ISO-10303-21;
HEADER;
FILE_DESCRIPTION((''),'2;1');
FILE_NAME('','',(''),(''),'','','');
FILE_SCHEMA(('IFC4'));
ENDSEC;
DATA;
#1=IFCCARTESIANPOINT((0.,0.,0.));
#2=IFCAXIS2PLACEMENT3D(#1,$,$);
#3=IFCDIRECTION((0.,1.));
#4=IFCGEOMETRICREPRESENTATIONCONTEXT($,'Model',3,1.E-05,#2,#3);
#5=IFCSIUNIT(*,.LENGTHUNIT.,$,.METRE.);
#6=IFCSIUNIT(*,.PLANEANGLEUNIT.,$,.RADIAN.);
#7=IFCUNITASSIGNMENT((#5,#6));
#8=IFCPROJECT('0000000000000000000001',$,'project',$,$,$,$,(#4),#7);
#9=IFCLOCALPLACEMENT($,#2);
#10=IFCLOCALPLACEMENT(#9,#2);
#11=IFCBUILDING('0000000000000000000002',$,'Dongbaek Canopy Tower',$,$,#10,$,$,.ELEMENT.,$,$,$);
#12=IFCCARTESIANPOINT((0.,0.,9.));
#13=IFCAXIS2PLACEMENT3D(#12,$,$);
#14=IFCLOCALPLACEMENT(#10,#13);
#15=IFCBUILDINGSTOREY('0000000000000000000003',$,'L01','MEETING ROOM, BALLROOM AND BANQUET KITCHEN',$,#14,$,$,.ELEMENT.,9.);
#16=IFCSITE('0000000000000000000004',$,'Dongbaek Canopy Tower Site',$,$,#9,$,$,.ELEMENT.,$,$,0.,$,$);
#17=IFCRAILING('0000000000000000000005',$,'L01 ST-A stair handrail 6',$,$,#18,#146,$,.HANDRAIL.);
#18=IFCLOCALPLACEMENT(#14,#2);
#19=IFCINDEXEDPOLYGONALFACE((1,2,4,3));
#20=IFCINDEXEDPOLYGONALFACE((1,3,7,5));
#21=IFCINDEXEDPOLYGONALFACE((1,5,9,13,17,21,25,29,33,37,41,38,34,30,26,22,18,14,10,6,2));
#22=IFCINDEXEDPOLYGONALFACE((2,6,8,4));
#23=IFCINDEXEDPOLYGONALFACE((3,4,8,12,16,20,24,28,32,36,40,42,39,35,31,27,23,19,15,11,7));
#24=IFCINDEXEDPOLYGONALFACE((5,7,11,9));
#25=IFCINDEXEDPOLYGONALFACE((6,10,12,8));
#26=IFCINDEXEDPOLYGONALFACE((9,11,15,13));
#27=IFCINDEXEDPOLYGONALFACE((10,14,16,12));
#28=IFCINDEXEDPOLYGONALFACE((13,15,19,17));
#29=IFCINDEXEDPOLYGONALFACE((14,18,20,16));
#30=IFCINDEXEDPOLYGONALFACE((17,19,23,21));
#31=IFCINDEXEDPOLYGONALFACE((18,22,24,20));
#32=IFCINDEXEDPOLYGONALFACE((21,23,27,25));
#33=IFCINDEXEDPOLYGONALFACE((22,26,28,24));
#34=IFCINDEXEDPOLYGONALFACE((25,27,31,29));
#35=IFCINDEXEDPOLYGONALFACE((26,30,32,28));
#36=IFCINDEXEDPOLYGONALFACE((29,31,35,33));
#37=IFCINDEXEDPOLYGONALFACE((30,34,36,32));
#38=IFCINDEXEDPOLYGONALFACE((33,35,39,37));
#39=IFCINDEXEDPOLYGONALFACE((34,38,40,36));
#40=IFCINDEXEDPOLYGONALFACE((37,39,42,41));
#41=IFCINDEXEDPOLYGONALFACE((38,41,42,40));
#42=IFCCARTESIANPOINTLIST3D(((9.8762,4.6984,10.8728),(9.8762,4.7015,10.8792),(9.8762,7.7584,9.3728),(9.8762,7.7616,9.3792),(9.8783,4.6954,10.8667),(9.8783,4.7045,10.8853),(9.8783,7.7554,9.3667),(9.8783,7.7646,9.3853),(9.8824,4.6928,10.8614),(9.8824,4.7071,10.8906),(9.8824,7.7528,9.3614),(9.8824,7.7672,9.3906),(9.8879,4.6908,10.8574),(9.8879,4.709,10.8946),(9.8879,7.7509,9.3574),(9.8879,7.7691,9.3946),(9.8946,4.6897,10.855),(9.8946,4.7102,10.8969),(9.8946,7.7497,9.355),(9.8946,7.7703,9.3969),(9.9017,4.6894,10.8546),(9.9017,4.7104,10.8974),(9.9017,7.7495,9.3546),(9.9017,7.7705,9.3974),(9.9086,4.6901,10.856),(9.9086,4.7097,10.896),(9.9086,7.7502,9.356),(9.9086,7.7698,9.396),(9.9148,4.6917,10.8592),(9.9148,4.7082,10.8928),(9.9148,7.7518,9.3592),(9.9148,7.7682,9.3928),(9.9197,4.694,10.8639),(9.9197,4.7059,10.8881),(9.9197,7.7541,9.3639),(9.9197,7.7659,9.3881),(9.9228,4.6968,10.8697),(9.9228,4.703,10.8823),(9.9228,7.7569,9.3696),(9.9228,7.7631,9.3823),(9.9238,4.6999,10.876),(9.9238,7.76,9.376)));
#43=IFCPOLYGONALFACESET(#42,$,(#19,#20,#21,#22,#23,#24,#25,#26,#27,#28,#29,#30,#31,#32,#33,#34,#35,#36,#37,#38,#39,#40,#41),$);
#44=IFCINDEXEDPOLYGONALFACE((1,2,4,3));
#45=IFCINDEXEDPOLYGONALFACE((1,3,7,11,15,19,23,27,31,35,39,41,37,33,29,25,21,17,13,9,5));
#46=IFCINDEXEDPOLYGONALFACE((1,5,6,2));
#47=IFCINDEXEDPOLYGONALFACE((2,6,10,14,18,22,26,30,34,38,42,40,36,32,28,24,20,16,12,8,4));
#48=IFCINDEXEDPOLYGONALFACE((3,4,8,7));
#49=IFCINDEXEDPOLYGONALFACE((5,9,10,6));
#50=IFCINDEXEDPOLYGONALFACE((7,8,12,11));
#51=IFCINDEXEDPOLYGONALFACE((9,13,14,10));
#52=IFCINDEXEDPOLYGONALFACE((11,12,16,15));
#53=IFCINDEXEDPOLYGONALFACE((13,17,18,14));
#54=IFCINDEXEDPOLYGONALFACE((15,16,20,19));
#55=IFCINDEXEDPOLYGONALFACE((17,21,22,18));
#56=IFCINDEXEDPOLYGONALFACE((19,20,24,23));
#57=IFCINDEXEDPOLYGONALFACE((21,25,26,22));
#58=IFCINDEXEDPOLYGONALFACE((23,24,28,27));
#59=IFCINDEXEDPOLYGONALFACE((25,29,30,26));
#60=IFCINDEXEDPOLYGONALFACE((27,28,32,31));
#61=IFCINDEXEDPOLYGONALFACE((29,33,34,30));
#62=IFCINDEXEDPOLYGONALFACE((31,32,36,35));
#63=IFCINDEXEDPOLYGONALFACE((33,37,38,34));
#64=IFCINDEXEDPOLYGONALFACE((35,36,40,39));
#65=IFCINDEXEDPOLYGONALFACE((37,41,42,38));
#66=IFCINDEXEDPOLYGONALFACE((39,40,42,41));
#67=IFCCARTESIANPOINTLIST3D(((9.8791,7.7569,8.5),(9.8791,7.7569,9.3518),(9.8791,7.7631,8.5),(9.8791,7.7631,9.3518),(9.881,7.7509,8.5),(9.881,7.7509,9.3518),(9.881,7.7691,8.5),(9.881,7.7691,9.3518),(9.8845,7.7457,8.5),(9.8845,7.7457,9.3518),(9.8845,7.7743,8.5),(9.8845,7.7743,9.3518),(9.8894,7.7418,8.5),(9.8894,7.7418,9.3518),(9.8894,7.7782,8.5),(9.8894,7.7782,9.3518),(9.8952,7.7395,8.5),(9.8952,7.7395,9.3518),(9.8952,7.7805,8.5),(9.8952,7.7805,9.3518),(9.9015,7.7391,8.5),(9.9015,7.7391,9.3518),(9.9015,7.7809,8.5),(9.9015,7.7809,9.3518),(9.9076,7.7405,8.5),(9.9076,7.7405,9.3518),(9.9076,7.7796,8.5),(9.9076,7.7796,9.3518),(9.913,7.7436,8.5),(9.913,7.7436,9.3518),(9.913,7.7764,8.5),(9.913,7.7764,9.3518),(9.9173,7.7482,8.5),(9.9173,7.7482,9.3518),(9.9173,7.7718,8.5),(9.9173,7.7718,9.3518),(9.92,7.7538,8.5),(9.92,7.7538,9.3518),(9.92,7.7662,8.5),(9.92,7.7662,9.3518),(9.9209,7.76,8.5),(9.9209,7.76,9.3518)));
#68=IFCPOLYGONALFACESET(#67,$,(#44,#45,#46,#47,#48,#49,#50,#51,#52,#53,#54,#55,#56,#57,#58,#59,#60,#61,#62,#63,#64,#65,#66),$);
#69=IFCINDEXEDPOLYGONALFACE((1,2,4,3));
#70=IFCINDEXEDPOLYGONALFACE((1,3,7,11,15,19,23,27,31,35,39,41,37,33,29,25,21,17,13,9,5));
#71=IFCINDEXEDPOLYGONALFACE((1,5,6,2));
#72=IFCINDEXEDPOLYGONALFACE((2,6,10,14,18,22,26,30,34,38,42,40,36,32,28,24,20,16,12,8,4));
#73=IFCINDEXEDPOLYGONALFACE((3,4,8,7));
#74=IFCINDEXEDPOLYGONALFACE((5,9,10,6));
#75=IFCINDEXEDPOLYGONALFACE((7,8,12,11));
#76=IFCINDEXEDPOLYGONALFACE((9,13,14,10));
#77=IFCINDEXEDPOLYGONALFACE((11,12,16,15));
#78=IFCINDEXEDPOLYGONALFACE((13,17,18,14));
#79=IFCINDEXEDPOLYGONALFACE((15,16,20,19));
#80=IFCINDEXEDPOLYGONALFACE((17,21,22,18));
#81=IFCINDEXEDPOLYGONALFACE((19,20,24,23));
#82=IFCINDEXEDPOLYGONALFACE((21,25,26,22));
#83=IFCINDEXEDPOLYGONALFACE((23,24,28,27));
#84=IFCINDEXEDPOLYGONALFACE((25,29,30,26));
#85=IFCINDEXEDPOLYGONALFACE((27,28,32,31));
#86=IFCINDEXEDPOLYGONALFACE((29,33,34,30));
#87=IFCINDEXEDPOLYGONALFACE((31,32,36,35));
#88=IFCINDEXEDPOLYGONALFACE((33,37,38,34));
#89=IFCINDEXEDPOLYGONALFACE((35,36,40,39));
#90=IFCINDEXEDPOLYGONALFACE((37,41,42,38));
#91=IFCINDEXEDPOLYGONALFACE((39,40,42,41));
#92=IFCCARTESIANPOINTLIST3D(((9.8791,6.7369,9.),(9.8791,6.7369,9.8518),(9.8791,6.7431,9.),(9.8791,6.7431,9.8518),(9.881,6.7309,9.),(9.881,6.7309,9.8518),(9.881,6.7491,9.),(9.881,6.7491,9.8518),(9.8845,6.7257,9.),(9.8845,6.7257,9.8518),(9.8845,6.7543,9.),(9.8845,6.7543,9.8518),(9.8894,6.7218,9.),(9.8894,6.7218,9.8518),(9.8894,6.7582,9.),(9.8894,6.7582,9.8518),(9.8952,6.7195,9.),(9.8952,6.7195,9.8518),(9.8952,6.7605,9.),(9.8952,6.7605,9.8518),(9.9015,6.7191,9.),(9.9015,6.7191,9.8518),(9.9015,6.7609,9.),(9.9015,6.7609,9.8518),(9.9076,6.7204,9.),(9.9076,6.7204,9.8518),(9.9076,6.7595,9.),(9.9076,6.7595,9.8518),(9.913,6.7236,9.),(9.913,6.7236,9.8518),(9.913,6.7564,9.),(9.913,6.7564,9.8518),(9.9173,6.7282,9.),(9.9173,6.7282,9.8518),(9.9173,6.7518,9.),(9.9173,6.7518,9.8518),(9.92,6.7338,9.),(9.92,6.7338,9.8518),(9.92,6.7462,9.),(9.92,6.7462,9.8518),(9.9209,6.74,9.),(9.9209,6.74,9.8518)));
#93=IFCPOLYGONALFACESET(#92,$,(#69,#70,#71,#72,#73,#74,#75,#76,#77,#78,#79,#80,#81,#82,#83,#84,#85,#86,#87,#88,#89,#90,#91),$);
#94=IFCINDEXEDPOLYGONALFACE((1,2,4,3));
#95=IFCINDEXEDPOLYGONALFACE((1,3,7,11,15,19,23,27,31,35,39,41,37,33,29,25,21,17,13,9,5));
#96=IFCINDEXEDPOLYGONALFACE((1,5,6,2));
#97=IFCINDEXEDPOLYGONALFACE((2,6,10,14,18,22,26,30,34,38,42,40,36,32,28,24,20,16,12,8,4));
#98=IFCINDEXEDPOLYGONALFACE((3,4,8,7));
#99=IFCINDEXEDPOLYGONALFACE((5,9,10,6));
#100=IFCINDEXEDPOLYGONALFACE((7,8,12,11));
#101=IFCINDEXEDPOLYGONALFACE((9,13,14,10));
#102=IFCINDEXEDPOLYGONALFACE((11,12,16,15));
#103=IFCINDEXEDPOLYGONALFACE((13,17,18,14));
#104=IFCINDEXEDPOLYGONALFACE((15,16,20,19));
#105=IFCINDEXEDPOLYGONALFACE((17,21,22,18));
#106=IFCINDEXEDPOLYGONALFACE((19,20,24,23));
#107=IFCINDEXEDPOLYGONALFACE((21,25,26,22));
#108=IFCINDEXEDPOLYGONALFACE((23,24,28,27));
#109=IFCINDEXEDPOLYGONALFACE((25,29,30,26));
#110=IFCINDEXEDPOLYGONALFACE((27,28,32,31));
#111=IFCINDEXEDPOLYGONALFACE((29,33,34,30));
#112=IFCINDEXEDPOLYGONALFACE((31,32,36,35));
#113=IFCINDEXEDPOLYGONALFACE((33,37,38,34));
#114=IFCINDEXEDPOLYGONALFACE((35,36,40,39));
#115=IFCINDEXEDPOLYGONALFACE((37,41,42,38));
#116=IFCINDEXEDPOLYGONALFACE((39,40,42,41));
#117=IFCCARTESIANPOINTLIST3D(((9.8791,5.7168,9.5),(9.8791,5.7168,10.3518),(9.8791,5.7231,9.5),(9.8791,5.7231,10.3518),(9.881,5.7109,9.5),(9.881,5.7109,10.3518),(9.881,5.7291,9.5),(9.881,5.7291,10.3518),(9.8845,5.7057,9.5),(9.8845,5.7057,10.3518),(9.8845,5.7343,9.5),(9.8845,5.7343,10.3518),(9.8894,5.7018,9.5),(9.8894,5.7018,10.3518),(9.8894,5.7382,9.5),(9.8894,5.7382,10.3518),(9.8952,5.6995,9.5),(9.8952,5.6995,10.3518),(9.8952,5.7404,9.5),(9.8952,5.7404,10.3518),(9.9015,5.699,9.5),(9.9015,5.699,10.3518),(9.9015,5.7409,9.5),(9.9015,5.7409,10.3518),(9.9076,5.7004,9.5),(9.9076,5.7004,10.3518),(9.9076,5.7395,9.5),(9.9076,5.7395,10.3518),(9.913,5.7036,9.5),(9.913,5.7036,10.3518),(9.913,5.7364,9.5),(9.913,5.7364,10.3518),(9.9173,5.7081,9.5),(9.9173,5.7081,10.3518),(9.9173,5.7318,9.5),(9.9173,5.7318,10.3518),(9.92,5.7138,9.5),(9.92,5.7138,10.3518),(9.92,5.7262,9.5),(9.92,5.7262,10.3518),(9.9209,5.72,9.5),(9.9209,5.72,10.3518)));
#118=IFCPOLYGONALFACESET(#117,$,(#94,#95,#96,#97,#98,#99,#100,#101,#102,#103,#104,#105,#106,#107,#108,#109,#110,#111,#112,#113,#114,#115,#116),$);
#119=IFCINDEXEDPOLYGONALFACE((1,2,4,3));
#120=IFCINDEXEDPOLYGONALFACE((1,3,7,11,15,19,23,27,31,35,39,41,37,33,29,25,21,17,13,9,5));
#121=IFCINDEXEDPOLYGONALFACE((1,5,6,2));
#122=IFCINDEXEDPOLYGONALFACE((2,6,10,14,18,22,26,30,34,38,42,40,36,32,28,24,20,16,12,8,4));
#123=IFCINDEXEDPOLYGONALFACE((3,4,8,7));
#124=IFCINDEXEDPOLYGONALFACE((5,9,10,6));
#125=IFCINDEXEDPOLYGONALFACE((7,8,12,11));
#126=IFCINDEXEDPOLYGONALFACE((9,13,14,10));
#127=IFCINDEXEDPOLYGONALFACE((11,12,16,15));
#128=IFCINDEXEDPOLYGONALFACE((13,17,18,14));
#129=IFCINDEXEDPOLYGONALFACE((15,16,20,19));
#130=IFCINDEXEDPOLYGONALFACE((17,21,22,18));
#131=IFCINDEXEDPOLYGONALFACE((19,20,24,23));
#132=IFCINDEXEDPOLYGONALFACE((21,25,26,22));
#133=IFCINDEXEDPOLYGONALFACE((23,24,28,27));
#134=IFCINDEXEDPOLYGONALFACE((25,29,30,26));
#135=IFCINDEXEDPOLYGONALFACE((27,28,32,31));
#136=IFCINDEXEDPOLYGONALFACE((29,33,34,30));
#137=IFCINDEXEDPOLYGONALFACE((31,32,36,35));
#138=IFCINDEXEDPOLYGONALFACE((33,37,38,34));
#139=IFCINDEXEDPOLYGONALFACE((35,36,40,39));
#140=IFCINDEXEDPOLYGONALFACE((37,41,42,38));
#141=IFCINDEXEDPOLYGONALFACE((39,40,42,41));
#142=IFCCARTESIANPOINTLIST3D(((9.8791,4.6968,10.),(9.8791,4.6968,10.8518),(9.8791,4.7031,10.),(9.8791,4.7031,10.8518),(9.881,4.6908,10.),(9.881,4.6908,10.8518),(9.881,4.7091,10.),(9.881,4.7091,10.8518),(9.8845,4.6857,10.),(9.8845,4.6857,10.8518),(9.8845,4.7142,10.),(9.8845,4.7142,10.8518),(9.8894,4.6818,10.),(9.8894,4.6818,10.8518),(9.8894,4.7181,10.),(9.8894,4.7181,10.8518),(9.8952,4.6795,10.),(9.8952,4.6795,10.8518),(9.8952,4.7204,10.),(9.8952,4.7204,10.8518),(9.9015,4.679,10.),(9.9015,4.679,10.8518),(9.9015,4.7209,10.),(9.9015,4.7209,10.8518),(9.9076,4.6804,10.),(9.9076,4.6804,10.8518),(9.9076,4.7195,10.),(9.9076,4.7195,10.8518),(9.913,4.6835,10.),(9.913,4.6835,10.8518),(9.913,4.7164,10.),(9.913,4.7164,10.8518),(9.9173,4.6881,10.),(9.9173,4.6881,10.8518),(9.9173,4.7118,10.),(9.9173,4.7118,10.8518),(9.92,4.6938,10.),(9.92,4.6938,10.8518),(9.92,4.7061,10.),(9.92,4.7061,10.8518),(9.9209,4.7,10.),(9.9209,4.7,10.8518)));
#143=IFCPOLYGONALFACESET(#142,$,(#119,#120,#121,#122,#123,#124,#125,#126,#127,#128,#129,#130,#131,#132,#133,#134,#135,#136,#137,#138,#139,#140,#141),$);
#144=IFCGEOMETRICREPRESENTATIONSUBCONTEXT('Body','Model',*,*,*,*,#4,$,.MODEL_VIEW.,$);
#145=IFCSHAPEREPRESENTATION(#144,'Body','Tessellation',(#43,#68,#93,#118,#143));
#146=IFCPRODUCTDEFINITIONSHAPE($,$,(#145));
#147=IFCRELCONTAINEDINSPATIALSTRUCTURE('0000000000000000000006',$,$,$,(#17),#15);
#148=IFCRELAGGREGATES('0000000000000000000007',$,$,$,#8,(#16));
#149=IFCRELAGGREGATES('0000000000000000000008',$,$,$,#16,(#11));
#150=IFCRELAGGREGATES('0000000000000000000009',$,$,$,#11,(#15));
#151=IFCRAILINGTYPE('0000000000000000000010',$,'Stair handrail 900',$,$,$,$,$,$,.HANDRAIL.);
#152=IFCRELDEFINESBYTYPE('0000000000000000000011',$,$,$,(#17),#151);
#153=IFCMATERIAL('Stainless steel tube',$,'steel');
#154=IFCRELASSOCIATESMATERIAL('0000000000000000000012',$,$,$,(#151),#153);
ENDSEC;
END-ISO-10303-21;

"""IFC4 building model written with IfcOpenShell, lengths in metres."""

from ifc_helpers import new_model, si_unit, direction, frame, origin, origin_2d, place, context, subcontext, project, spatial, circle, extrude, material, type_object, element, save


model = new_model("IFC4")

# Units and contexts
model_context = context("Model", 3, precision=1e-05, world=origin(), true_north=direction((0.0, 1.0)))
body_context = subcontext(model_context, "Body", "Model", "MODEL_VIEW")
ifc_project = project(units=[si_unit("LENGTHUNIT", "METRE"), si_unit("PLANEANGLEUNIT", "RADIAN")], contexts=[model_context])

# Site, building, storey
site_placement = place(None, origin())
site = spatial("IfcSite", under=ifc_project, at=site_placement, Name="Dongbaek Canopy Tower Site", CompositionType="ELEMENT", RefElevation=0.0)
building_placement = place(site_placement, origin())
building = spatial("IfcBuilding", under=site, at=building_placement, Name="Dongbaek Canopy Tower", CompositionType="ELEMENT")
storey_placement = place(building_placement, frame((0.0, 0.0, 9.0)))
storey = spatial("IfcBuildingStorey", under=building, at=storey_placement, Name="L01", Description="MEETING ROOM, BALLROOM AND BANQUET KITCHEN", CompositionType="ELEMENT", Elevation=9.0)

# Railing
ifc_material_1 = material(Name="Stainless steel tube", Category="steel")
railing_type_1 = type_object("IfcRailingType", Name="Stair handrail 900", PredefinedType="HANDRAIL", material=ifc_material_1)
for number, where, name in (
    (1, (9.8999, 7.76, 8.5), "L01 ST-A stair handrail 6"),
):
    element("IfcRailing", number, at=place(storey_placement, frame(where)), inside=storey, type_object=railing_type_1, Name=name, PredefinedType="HANDRAIL", context=body_context, shape_type="SweptSolid", body=[
        extrude(circle(Radius=0.0239, at=origin_2d()), frame((0.0, 0.0, 0.876), z_axis=(0.0, -0.897924, 0.44015), x_axis=(1.0, 0.0, 0.0)), (0.0, 0.0, 1.0), 3.408),
        extrude(circle(Radius=0.021, at=origin_2d()), origin(), (0.0, 0.0, 1.0), 0.8518),
        extrude(circle(Radius=0.021, at=origin_2d()), frame((0.0, -1.02, 0.5)), (0.0, 0.0, 1.0), 0.8518),
        extrude(circle(Radius=0.021, at=origin_2d()), frame((0.0, -2.04, 1.0)), (0.0, 0.0, 1.0), 0.8518),
        extrude(circle(Radius=0.021, at=origin_2d()), frame((0.0, -3.0601, 1.5)), (0.0, 0.0, 1.0), 0.8518),
    ])

save(model, "model.ifc")
